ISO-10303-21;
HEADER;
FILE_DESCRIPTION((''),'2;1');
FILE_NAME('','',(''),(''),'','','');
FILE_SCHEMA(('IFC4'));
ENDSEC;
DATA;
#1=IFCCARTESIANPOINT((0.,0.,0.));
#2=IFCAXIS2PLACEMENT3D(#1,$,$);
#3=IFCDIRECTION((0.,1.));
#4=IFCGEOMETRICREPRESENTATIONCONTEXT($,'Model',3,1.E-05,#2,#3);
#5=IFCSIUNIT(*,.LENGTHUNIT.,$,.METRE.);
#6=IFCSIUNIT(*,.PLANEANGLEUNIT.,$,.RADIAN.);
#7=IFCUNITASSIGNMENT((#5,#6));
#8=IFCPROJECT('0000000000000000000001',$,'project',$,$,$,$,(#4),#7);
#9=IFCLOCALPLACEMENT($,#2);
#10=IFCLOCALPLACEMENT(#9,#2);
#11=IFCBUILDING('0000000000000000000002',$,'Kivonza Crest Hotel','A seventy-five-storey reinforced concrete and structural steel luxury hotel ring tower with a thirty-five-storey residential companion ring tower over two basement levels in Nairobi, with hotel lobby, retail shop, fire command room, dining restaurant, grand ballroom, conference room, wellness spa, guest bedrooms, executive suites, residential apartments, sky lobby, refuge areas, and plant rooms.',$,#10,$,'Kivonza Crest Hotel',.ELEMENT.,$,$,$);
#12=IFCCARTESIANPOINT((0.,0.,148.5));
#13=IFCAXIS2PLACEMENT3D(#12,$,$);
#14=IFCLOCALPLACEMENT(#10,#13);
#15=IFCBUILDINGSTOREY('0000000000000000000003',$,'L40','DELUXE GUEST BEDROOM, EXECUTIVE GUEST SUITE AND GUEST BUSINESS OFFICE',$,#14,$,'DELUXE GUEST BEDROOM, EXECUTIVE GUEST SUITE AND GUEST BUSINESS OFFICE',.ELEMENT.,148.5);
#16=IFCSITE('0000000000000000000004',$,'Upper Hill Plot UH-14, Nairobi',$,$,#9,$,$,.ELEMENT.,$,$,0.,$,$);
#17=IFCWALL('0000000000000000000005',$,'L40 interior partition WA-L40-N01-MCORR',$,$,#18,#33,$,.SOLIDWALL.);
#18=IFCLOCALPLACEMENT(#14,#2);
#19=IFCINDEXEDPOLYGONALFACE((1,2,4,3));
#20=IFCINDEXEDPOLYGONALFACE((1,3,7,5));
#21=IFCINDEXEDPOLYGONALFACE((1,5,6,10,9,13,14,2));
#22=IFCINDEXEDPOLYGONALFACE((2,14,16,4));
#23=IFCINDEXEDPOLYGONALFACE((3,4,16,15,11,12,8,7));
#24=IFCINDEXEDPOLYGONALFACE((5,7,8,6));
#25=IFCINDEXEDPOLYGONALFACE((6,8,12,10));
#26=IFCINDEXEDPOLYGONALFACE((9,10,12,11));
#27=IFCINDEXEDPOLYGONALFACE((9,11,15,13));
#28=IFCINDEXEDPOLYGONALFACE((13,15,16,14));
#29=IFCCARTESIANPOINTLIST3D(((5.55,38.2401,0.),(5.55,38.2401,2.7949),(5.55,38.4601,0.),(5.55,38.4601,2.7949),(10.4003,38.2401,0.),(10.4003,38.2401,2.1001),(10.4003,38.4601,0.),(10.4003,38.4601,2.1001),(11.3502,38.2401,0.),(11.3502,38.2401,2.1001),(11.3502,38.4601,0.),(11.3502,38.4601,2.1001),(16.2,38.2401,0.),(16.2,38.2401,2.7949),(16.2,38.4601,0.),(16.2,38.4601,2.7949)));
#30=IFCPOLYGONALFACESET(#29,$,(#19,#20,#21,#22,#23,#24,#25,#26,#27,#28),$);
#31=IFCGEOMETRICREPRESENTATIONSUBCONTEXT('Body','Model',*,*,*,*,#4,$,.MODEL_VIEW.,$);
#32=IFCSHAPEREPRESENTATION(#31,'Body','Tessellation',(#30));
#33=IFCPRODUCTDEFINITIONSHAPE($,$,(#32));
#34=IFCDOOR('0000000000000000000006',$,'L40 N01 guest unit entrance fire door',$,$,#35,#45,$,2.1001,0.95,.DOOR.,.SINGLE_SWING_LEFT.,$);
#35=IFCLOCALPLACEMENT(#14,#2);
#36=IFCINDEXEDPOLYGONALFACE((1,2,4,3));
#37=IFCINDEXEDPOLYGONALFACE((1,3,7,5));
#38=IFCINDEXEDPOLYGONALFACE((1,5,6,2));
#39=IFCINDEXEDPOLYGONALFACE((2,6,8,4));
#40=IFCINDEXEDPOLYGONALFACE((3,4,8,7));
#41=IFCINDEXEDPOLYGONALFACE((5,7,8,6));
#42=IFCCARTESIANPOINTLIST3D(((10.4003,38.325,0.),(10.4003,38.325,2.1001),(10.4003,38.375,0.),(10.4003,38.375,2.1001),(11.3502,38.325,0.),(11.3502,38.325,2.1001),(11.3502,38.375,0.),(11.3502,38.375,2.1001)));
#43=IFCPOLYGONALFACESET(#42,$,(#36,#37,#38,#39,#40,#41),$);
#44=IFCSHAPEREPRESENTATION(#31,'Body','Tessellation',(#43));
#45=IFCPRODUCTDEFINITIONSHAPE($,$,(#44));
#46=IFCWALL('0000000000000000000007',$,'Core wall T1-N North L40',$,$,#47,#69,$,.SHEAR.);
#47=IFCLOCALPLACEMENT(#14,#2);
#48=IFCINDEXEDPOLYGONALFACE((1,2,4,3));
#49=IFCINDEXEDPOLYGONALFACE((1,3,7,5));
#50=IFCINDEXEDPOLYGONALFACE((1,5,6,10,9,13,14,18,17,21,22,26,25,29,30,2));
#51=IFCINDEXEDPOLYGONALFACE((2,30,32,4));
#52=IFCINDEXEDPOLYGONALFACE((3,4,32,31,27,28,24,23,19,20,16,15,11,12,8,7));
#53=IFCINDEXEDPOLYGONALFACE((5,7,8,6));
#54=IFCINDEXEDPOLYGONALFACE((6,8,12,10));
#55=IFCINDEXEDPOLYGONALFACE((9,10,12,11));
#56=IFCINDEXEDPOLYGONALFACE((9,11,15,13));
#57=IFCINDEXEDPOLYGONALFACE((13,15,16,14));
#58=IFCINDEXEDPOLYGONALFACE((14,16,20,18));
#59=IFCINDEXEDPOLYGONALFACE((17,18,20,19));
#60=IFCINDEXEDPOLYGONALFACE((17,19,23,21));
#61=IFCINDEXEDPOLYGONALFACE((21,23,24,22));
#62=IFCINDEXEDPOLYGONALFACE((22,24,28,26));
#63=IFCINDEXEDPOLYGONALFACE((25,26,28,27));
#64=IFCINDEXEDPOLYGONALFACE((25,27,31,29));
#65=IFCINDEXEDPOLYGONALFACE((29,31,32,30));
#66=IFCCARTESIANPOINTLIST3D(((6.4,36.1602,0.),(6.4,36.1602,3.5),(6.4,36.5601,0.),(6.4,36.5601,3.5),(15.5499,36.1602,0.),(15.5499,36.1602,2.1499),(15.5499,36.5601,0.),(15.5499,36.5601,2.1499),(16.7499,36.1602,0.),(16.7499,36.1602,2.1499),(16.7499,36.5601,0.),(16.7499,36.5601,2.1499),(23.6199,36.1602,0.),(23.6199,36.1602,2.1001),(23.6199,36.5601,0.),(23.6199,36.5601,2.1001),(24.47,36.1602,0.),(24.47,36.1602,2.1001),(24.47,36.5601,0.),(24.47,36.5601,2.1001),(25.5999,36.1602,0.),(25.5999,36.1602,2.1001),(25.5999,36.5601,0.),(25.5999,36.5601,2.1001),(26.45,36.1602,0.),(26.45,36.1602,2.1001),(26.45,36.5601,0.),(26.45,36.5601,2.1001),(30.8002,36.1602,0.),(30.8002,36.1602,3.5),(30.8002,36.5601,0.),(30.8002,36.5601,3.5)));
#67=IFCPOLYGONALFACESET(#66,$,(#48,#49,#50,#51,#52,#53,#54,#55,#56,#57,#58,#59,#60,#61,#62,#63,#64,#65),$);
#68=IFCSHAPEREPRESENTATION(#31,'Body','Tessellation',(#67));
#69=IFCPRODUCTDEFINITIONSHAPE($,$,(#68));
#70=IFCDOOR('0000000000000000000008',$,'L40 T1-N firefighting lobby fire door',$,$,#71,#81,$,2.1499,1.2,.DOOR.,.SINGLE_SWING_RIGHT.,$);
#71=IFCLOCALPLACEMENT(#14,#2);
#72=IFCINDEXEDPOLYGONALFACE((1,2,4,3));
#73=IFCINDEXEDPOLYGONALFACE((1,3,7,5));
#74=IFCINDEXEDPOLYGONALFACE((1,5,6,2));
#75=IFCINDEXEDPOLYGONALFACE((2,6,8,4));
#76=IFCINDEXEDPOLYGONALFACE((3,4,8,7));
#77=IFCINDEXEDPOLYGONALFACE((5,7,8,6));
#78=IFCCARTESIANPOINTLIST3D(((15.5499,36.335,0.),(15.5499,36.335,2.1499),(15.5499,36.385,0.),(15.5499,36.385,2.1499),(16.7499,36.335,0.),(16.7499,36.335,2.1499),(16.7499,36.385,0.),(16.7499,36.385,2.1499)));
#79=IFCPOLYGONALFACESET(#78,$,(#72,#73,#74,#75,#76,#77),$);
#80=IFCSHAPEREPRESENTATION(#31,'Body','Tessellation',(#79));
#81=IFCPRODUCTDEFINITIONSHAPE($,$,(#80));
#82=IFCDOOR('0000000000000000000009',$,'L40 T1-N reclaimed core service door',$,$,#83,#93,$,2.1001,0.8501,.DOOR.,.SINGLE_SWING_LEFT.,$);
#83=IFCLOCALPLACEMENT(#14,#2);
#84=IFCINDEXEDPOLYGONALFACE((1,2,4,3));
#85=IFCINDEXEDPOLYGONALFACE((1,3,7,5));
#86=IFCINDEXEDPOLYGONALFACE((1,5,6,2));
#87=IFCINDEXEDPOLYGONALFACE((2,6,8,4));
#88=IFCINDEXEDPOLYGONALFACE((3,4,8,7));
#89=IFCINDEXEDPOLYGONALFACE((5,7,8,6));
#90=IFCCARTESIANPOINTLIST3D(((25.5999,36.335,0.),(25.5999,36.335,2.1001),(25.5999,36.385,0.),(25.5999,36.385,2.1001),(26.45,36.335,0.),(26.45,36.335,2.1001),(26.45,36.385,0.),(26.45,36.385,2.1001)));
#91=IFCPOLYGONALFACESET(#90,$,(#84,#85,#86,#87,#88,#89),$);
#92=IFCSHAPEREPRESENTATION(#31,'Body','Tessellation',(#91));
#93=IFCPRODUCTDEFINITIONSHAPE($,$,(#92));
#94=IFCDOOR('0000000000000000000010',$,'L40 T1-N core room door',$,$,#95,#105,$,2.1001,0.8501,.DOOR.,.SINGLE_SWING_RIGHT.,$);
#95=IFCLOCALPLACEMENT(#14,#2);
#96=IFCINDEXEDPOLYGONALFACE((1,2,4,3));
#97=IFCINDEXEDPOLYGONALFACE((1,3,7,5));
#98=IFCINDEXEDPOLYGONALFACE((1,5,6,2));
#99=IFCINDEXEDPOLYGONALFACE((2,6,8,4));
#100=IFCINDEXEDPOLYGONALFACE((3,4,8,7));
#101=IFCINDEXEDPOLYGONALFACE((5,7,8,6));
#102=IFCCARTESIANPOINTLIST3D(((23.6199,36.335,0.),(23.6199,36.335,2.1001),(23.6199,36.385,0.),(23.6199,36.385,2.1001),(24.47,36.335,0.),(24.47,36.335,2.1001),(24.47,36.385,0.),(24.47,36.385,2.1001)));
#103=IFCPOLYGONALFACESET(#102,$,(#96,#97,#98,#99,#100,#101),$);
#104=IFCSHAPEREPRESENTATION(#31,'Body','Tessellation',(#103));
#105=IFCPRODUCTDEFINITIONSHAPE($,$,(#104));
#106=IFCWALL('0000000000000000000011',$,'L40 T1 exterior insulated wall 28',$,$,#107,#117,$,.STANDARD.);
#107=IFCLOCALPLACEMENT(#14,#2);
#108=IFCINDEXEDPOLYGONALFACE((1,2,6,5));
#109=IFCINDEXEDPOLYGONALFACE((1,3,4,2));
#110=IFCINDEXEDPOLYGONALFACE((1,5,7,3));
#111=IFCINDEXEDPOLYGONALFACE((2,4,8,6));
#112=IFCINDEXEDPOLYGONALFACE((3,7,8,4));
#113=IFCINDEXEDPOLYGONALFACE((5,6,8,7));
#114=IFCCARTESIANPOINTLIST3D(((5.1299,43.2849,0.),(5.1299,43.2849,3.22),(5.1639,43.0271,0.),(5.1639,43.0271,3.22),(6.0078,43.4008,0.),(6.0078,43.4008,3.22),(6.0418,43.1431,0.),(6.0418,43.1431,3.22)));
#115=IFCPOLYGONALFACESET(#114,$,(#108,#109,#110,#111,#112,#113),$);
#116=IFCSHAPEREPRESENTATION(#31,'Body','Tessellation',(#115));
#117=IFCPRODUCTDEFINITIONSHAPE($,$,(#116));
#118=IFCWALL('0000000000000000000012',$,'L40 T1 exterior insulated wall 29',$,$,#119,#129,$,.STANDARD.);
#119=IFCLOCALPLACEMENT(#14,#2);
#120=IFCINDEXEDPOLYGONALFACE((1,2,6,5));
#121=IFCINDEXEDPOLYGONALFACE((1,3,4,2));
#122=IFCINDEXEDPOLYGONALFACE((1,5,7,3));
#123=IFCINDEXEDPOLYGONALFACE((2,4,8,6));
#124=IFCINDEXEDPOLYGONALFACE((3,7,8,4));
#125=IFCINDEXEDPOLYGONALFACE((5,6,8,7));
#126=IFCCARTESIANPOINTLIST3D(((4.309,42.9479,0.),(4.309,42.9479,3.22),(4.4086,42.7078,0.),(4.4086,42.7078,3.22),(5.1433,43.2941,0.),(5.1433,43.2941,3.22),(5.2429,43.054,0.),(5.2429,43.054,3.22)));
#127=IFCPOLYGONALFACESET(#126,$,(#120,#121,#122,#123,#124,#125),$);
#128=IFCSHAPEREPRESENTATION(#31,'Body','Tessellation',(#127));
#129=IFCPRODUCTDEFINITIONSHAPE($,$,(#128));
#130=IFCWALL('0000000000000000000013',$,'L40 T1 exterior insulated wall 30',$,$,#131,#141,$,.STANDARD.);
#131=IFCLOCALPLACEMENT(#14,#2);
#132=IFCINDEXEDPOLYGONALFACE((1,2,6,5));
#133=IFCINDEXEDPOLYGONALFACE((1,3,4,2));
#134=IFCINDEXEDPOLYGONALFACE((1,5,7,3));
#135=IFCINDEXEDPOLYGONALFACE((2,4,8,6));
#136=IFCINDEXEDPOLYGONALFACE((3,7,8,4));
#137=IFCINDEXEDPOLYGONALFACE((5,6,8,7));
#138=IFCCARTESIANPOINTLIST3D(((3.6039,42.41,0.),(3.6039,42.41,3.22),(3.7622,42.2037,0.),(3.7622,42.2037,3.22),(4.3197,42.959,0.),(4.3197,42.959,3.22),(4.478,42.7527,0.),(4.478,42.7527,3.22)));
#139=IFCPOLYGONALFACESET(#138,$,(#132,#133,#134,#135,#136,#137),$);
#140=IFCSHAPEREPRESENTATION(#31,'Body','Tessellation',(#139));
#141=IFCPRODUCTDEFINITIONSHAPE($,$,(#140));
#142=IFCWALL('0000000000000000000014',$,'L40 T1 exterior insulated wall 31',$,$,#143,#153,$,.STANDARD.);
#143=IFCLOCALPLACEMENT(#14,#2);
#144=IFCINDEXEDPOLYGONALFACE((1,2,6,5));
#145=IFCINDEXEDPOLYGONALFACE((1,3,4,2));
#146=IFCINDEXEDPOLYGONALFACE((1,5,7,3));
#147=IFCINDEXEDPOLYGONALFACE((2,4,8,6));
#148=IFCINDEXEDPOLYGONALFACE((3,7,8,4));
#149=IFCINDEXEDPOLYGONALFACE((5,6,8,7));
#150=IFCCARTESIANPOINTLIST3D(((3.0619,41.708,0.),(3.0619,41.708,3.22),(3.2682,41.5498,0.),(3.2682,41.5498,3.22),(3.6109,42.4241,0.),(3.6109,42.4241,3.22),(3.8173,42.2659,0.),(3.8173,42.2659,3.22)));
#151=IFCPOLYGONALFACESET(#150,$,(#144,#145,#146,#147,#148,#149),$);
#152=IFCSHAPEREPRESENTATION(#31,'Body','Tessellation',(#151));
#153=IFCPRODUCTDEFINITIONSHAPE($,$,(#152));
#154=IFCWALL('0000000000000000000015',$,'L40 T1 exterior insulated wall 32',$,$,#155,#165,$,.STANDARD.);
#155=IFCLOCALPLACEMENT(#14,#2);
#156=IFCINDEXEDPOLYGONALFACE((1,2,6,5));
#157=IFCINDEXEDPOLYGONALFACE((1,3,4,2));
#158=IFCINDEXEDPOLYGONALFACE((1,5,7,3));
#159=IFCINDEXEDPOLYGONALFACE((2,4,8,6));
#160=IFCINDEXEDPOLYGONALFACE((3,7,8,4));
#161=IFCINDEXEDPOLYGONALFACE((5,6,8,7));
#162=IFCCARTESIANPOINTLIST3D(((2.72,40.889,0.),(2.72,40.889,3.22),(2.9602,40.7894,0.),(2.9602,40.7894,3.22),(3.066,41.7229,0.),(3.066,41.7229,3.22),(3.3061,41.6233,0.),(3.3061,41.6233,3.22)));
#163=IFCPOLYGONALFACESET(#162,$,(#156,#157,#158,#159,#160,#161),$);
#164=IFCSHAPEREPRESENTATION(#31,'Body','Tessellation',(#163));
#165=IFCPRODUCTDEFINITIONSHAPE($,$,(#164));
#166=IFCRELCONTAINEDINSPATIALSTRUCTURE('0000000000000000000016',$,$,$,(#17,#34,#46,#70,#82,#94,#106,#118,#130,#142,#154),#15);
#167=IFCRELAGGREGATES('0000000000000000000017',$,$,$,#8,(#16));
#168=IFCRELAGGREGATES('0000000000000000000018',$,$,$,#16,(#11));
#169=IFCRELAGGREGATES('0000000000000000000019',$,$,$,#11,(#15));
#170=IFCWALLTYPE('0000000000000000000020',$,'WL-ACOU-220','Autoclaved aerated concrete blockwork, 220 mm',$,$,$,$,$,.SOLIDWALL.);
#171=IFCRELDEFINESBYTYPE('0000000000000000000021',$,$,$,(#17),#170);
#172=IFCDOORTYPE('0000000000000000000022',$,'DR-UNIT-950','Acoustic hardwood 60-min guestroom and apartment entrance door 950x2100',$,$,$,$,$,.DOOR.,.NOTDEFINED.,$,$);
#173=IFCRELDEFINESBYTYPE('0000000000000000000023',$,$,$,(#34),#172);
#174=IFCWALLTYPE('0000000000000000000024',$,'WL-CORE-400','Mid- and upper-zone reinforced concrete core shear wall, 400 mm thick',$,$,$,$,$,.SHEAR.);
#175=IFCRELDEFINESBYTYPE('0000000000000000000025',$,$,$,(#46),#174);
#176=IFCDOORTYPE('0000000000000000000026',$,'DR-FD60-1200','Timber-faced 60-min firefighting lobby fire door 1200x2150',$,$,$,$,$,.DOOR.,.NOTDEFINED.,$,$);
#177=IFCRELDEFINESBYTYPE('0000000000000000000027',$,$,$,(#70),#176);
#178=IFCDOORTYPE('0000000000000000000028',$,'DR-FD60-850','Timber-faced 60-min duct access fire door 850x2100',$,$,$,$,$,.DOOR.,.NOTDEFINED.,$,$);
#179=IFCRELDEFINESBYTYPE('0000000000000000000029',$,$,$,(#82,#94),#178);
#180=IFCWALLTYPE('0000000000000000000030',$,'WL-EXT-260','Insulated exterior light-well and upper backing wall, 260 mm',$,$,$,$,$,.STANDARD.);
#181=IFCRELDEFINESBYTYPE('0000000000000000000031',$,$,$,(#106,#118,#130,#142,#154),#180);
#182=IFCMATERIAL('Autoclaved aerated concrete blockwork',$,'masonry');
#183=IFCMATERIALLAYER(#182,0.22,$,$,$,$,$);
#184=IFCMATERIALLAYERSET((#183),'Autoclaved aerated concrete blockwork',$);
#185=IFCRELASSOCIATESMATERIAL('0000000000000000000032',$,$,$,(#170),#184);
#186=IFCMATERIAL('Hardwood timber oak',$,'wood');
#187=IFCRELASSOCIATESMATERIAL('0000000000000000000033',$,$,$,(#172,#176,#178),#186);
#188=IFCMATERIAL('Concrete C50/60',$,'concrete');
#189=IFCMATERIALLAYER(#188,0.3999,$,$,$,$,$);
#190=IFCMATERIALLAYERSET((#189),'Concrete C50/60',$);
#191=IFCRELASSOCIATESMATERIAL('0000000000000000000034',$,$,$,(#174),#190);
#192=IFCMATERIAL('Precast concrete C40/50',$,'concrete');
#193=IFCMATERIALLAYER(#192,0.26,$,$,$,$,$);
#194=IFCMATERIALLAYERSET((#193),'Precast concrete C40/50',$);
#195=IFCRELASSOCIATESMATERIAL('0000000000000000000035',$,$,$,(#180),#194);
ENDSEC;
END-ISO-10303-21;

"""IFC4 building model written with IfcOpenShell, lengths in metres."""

from ifc_helpers import new_model, si_unit, direction, frame, frame_2d, origin, place, context, subcontext, project, spatial, rectangle, extrude, material, layer, layer_set, type_object, element, fill, save


model = new_model("IFC4")

# Units and contexts
model_context = context("Model", 3, precision=1e-05, world=origin(), true_north=direction((0.0, 1.0)))
body_context = subcontext(model_context, "Body", "Model", "MODEL_VIEW")
ifc_project = project(units=[si_unit("LENGTHUNIT", "METRE"), si_unit("PLANEANGLEUNIT", "RADIAN")], contexts=[model_context])

# Site, building, storey
site_placement = place(None, origin())
site = spatial("IfcSite", under=ifc_project, at=site_placement, Name="Upper Hill Plot UH-14, Nairobi", CompositionType="ELEMENT", RefElevation=0.0)
building_placement = place(site_placement, origin())
building = spatial("IfcBuilding", under=site, at=building_placement, Name="Kivonza Crest Hotel", Description="A seventy-five-storey reinforced concrete and structural steel luxury hotel ring tower with a thirty-five-storey residential companion ring tower over two basement levels in Nairobi, with hotel lobby, retail shop, fire command room, dining restaurant, grand ballroom, conference room, wellness spa, guest bedrooms, executive suites, residential apartments, sky lobby, refuge areas, and plant rooms.", LongName="Kivonza Crest Hotel", CompositionType="ELEMENT")
storey_placement = place(building_placement, frame((0.0, 0.0, 148.5)))
storey = spatial("IfcBuildingStorey", under=building, at=storey_placement, Name="L40", Description="DELUXE GUEST BEDROOM, EXECUTIVE GUEST SUITE AND GUEST BUSINESS OFFICE", LongName="DELUXE GUEST BEDROOM, EXECUTIVE GUEST SUITE AND GUEST BUSINESS OFFICE", CompositionType="ELEMENT", Elevation=148.5)

# Shared definitions
ifc_material_1 = material(Name="Concrete C50/60", Category="concrete")

# Shared definitions
ifc_material_2 = material(Name="Autoclaved aerated concrete blockwork", Category="masonry")
ifc_layer_1 = layer(ifc_material_2, 0.22)
ifc_layer_set_1 = layer_set([ifc_layer_1], Name="Autoclaved aerated concrete blockwork")
wall_type_1 = type_object("IfcWallType", Name="WL-ACOU-220", Description="Autoclaved aerated concrete blockwork, 220 mm", PredefinedType="SOLIDWALL", material=ifc_layer_set_1)

# Wall, opening, door
wall_1_placement = place(storey_placement, frame((5.55, 38.3501, 0.0), z_axis=(0.0, 0.0, 1.0), x_axis=(1.0, 0.0, 0.0)))
wall_1 = element("IfcWall", 1, at=wall_1_placement, inside=storey, type_object=wall_type_1, Name="L40 interior partition WA-L40-N01-MCORR", PredefinedType="SOLIDWALL", context=body_context, shape_type="SweptSolid", body=[
    extrude(rectangle(XDim=10.6499, YDim=0.22, at=frame_2d((5.325, 0.0))), origin(), (0.0, 0.0, 1.0), 2.7949),
])
opening_1_placement = place(wall_1_placement, frame((4.8501, 0.0, 0.0)))
opening_1 = element("IfcOpeningElement", 2, at=opening_1_placement, cuts=wall_1, PredefinedType="OPENING", context=body_context, shape_type="SweptSolid", body=[
    extrude(rectangle(XDim=0.95, YDim=2.1001, at=frame_2d((0.4751, 1.05))), frame((0.0, 0.1201, 0.0), z_axis=(0.0, -1.0, 0.0), x_axis=(1.0, 0.0, 0.0)), (0.0, 0.0, 1.0), 0.24),
])
ifc_material_3 = material(Name="Hardwood timber oak", Category="wood")
door_type_1 = type_object("IfcDoorType", Name="DR-UNIT-950", Description="Acoustic hardwood 60-min guestroom and apartment entrance door 950x2100", OperationType="NOTDEFINED", PredefinedType="DOOR", material=ifc_material_3)
door_1_placement = place(opening_1_placement, origin())
door_1 = element("IfcDoor", 3, at=door_1_placement, inside=storey, type_object=door_type_1, Name="L40 N01 guest unit entrance fire door", OperationType="SINGLE_SWING_LEFT", OverallHeight=2.1001, OverallWidth=0.95, PredefinedType="DOOR", context=body_context, shape_type="SweptSolid", body=[
    extrude(rectangle(XDim=0.95, YDim=2.1001, at=frame_2d((0.4751, 1.05))), frame((0.0, 0.0249, 0.0), z_axis=(0.0, -1.0, 0.0), x_axis=(1.0, 0.0, 0.0)), (0.0, 0.0, 1.0), 0.05),
])
fill(opening_1, door_1)

# Wall, openings, doors
ifc_layer_2 = layer(ifc_material_1, 0.3999)
ifc_layer_set_2 = layer_set([ifc_layer_2], Name="Concrete C50/60")
wall_type_2 = type_object("IfcWallType", Name="WL-CORE-400", Description="Mid- and upper-zone reinforced concrete core shear wall, 400 mm thick", PredefinedType="SHEAR", material=ifc_layer_set_2)
wall_2_placement = place(storey_placement, frame((6.3999, 36.3601, 0.0), z_axis=(0.0, 0.0, 1.0), x_axis=(1.0, 0.0, 0.0)))
wall_2 = element("IfcWall", 4, at=wall_2_placement, inside=storey, type_object=wall_type_2, Name="Core wall T1-N North L40", PredefinedType="SHEAR", context=body_context, shape_type="SweptSolid", body=[
    extrude(rectangle(XDim=24.4001, YDim=0.3999, at=frame_2d((12.2002, 0.0))), origin(), (0.0, 0.0, 1.0), 3.5),
])
opening_2_placement = place(wall_2_placement, frame((9.1499, 0.0, 0.0)))
opening_2 = element("IfcOpeningElement", 5, at=opening_2_placement, cuts=wall_2, PredefinedType="OPENING", context=body_context, shape_type="SweptSolid", body=[
    extrude(rectangle(XDim=1.2, YDim=2.1499, at=frame_2d((0.6001, 1.075))), frame((0.0, 0.21, 0.0), z_axis=(0.0, -1.0, 0.0), x_axis=(1.0, 0.0, 0.0)), (0.0, 0.0, 1.0), 0.4199),
])
opening_3_placement = place(wall_2_placement, frame((19.2, 0.0, 0.0)))
opening_3 = element("IfcOpeningElement", 6, at=opening_3_placement, cuts=wall_2, PredefinedType="OPENING", context=body_context, shape_type="SweptSolid", body=[
    extrude(rectangle(XDim=0.8501, YDim=2.1001, at=frame_2d((0.425, 1.05))), frame((0.0, 0.21, 0.0), z_axis=(0.0, -1.0, 0.0), x_axis=(1.0, 0.0, 0.0)), (0.0, 0.0, 1.0), 0.4199),
])
opening_4_placement = place(wall_2_placement, frame((17.22, 0.0, 0.0)))
opening_4 = element("IfcOpeningElement", 7, at=opening_4_placement, cuts=wall_2, PredefinedType="OPENING", context=body_context, shape_type="SweptSolid", body=[
    extrude(rectangle(XDim=0.8501, YDim=2.1001, at=frame_2d((0.425, 1.05))), frame((0.0, 0.21, 0.0), z_axis=(0.0, -1.0, 0.0), x_axis=(1.0, 0.0, 0.0)), (0.0, 0.0, 1.0), 0.4199),
])
door_type_2 = type_object("IfcDoorType", Name="DR-FD60-1200", Description="Timber-faced 60-min firefighting lobby fire door 1200x2150", OperationType="NOTDEFINED", PredefinedType="DOOR", material=ifc_material_3)
door_2_placement = place(opening_2_placement, origin())
door_2 = element("IfcDoor", 8, at=door_2_placement, inside=storey, type_object=door_type_2, Name="L40 T1-N firefighting lobby fire door", OperationType="SINGLE_SWING_RIGHT", OverallHeight=2.1499, OverallWidth=1.2, PredefinedType="DOOR", context=body_context, shape_type="SweptSolid", body=[
    extrude(rectangle(XDim=1.2, YDim=2.1499, at=frame_2d((0.6001, 1.075))), frame((0.0, 0.0249, 0.0), z_axis=(0.0, -1.0, 0.0), x_axis=(1.0, 0.0, 0.0)), (0.0, 0.0, 1.0), 0.05),
])
fill(opening_2, door_2)
door_type_3 = type_object("IfcDoorType", Name="DR-FD60-850", Description="Timber-faced 60-min duct access fire door 850x2100", OperationType="NOTDEFINED", PredefinedType="DOOR", material=ifc_material_3)
door_3_placement = place(opening_3_placement, origin())
door_3 = element("IfcDoor", 9, at=door_3_placement, inside=storey, type_object=door_type_3, Name="L40 T1-N reclaimed core service door", OperationType="SINGLE_SWING_LEFT", OverallHeight=2.1001, OverallWidth=0.8501, PredefinedType="DOOR", context=body_context, shape_type="SweptSolid", body=[
    extrude(rectangle(XDim=0.8501, YDim=2.1001, at=frame_2d((0.425, 1.05))), frame((0.0, 0.0249, 0.0), z_axis=(0.0, -1.0, 0.0), x_axis=(1.0, 0.0, 0.0)), (0.0, 0.0, 1.0), 0.05),
])
fill(opening_3, door_3)
door_4_placement = place(opening_4_placement, origin())
door_4 = element("IfcDoor", 10, at=door_4_placement, inside=storey, type_object=door_type_3, Name="L40 T1-N core room door", OperationType="SINGLE_SWING_RIGHT", OverallHeight=2.1001, OverallWidth=0.8501, PredefinedType="DOOR", context=body_context, shape_type="SweptSolid", body=[
    extrude(rectangle(XDim=0.8501, YDim=2.1001, at=frame_2d((0.425, 1.05))), frame((0.0, 0.0249, 0.0), z_axis=(0.0, -1.0, 0.0), x_axis=(1.0, 0.0, 0.0)), (0.0, 0.0, 1.0), 0.05),
])
fill(opening_4, door_4)

# Walls
ifc_material_4 = material(Name="Precast concrete C40/50", Category="concrete")
ifc_layer_3 = layer(ifc_material_4, 0.26)
ifc_layer_set_3 = layer_set([ifc_layer_3], Name="Precast concrete C40/50")
wall_type_3 = type_object("IfcWallType", Name="WL-EXT-260", Description="Insulated exterior light-well and upper backing wall, 260 mm", PredefinedType="STANDARD", material=ifc_layer_set_3)
wall_3_placement = place(storey_placement, frame((6.0249, 43.272, 0.0), z_axis=(0.0, 0.0, 1.0), x_axis=(-0.991388, -0.130954, 0.0)))
element("IfcWall", 11, at=wall_3_placement, inside=storey, type_object=wall_type_3, Name="L40 T1 exterior insulated wall 28", PredefinedType="STANDARD", context=body_context, shape_type="SweptSolid", body=[
    extrude(rectangle(XDim=0.8855, YDim=0.26, at=frame_2d((0.4429, 0.0))), origin(), (0.0, 0.0, 1.0), 3.22),
])
wall_4_placement = place(storey_placement, frame((5.1931, 43.1741, 0.0), z_axis=(0.0, 0.0, 1.0), x_axis=(-0.923628, -0.383291, 0.0)))
element("IfcWall", 12, at=wall_4_placement, inside=storey, type_object=wall_type_3, Name="L40 T1 exterior insulated wall 29", PredefinedType="STANDARD", context=body_context, shape_type="SweptSolid", body=[
    extrude(rectangle(XDim=0.9033, YDim=0.26, at=frame_2d((0.4517, 0.0))), origin(), (0.0, 0.0, 1.0), 3.22),
])
wall_5_placement = place(storey_placement, frame((4.3989, 42.856, 0.0), z_axis=(0.0, 0.0, 1.0), x_axis=(-0.793458, -0.608625, 0.0)))
element("IfcWall", 13, at=wall_5_placement, inside=storey, type_object=wall_type_3, Name="L40 T1 exterior insulated wall 30", PredefinedType="STANDARD", context=body_context, shape_type="SweptSolid", body=[
    extrude(rectangle(XDim=0.9021, YDim=0.26, at=frame_2d((0.4512, 0.0))), origin(), (0.0, 0.0, 1.0), 3.22),
])
wall_6_placement = place(storey_placement, frame((3.7141, 42.345, 0.0), z_axis=(0.0, 0.0, 1.0), x_axis=(-0.608494, -0.793558, 0.0)))
element("IfcWall", 14, at=wall_6_placement, inside=storey, type_object=wall_type_3, Name="L40 T1 exterior insulated wall 31", PredefinedType="STANDARD", context=body_context, shape_type="SweptSolid", body=[
    extrude(rectangle(XDim=0.9023, YDim=0.26, at=frame_2d((0.4512, 0.0))), origin(), (0.0, 0.0, 1.0), 3.22),
])
wall_7_placement = place(storey_placement, frame((3.186, 41.6731, 0.0), z_axis=(0.0, 0.0, 1.0), x_axis=(-0.383156, -0.923684, 0.0)))
element("IfcWall", 15, at=wall_7_placement, inside=storey, type_object=wall_type_3, Name="L40 T1 exterior insulated wall 32", PredefinedType="STANDARD", context=body_context, shape_type="SweptSolid", body=[
    extrude(rectangle(XDim=0.9028, YDim=0.26, at=frame_2d((0.4514, 0.0))), origin(), (0.0, 0.0, 1.0), 3.22),
])

save(model, "model.ifc")
